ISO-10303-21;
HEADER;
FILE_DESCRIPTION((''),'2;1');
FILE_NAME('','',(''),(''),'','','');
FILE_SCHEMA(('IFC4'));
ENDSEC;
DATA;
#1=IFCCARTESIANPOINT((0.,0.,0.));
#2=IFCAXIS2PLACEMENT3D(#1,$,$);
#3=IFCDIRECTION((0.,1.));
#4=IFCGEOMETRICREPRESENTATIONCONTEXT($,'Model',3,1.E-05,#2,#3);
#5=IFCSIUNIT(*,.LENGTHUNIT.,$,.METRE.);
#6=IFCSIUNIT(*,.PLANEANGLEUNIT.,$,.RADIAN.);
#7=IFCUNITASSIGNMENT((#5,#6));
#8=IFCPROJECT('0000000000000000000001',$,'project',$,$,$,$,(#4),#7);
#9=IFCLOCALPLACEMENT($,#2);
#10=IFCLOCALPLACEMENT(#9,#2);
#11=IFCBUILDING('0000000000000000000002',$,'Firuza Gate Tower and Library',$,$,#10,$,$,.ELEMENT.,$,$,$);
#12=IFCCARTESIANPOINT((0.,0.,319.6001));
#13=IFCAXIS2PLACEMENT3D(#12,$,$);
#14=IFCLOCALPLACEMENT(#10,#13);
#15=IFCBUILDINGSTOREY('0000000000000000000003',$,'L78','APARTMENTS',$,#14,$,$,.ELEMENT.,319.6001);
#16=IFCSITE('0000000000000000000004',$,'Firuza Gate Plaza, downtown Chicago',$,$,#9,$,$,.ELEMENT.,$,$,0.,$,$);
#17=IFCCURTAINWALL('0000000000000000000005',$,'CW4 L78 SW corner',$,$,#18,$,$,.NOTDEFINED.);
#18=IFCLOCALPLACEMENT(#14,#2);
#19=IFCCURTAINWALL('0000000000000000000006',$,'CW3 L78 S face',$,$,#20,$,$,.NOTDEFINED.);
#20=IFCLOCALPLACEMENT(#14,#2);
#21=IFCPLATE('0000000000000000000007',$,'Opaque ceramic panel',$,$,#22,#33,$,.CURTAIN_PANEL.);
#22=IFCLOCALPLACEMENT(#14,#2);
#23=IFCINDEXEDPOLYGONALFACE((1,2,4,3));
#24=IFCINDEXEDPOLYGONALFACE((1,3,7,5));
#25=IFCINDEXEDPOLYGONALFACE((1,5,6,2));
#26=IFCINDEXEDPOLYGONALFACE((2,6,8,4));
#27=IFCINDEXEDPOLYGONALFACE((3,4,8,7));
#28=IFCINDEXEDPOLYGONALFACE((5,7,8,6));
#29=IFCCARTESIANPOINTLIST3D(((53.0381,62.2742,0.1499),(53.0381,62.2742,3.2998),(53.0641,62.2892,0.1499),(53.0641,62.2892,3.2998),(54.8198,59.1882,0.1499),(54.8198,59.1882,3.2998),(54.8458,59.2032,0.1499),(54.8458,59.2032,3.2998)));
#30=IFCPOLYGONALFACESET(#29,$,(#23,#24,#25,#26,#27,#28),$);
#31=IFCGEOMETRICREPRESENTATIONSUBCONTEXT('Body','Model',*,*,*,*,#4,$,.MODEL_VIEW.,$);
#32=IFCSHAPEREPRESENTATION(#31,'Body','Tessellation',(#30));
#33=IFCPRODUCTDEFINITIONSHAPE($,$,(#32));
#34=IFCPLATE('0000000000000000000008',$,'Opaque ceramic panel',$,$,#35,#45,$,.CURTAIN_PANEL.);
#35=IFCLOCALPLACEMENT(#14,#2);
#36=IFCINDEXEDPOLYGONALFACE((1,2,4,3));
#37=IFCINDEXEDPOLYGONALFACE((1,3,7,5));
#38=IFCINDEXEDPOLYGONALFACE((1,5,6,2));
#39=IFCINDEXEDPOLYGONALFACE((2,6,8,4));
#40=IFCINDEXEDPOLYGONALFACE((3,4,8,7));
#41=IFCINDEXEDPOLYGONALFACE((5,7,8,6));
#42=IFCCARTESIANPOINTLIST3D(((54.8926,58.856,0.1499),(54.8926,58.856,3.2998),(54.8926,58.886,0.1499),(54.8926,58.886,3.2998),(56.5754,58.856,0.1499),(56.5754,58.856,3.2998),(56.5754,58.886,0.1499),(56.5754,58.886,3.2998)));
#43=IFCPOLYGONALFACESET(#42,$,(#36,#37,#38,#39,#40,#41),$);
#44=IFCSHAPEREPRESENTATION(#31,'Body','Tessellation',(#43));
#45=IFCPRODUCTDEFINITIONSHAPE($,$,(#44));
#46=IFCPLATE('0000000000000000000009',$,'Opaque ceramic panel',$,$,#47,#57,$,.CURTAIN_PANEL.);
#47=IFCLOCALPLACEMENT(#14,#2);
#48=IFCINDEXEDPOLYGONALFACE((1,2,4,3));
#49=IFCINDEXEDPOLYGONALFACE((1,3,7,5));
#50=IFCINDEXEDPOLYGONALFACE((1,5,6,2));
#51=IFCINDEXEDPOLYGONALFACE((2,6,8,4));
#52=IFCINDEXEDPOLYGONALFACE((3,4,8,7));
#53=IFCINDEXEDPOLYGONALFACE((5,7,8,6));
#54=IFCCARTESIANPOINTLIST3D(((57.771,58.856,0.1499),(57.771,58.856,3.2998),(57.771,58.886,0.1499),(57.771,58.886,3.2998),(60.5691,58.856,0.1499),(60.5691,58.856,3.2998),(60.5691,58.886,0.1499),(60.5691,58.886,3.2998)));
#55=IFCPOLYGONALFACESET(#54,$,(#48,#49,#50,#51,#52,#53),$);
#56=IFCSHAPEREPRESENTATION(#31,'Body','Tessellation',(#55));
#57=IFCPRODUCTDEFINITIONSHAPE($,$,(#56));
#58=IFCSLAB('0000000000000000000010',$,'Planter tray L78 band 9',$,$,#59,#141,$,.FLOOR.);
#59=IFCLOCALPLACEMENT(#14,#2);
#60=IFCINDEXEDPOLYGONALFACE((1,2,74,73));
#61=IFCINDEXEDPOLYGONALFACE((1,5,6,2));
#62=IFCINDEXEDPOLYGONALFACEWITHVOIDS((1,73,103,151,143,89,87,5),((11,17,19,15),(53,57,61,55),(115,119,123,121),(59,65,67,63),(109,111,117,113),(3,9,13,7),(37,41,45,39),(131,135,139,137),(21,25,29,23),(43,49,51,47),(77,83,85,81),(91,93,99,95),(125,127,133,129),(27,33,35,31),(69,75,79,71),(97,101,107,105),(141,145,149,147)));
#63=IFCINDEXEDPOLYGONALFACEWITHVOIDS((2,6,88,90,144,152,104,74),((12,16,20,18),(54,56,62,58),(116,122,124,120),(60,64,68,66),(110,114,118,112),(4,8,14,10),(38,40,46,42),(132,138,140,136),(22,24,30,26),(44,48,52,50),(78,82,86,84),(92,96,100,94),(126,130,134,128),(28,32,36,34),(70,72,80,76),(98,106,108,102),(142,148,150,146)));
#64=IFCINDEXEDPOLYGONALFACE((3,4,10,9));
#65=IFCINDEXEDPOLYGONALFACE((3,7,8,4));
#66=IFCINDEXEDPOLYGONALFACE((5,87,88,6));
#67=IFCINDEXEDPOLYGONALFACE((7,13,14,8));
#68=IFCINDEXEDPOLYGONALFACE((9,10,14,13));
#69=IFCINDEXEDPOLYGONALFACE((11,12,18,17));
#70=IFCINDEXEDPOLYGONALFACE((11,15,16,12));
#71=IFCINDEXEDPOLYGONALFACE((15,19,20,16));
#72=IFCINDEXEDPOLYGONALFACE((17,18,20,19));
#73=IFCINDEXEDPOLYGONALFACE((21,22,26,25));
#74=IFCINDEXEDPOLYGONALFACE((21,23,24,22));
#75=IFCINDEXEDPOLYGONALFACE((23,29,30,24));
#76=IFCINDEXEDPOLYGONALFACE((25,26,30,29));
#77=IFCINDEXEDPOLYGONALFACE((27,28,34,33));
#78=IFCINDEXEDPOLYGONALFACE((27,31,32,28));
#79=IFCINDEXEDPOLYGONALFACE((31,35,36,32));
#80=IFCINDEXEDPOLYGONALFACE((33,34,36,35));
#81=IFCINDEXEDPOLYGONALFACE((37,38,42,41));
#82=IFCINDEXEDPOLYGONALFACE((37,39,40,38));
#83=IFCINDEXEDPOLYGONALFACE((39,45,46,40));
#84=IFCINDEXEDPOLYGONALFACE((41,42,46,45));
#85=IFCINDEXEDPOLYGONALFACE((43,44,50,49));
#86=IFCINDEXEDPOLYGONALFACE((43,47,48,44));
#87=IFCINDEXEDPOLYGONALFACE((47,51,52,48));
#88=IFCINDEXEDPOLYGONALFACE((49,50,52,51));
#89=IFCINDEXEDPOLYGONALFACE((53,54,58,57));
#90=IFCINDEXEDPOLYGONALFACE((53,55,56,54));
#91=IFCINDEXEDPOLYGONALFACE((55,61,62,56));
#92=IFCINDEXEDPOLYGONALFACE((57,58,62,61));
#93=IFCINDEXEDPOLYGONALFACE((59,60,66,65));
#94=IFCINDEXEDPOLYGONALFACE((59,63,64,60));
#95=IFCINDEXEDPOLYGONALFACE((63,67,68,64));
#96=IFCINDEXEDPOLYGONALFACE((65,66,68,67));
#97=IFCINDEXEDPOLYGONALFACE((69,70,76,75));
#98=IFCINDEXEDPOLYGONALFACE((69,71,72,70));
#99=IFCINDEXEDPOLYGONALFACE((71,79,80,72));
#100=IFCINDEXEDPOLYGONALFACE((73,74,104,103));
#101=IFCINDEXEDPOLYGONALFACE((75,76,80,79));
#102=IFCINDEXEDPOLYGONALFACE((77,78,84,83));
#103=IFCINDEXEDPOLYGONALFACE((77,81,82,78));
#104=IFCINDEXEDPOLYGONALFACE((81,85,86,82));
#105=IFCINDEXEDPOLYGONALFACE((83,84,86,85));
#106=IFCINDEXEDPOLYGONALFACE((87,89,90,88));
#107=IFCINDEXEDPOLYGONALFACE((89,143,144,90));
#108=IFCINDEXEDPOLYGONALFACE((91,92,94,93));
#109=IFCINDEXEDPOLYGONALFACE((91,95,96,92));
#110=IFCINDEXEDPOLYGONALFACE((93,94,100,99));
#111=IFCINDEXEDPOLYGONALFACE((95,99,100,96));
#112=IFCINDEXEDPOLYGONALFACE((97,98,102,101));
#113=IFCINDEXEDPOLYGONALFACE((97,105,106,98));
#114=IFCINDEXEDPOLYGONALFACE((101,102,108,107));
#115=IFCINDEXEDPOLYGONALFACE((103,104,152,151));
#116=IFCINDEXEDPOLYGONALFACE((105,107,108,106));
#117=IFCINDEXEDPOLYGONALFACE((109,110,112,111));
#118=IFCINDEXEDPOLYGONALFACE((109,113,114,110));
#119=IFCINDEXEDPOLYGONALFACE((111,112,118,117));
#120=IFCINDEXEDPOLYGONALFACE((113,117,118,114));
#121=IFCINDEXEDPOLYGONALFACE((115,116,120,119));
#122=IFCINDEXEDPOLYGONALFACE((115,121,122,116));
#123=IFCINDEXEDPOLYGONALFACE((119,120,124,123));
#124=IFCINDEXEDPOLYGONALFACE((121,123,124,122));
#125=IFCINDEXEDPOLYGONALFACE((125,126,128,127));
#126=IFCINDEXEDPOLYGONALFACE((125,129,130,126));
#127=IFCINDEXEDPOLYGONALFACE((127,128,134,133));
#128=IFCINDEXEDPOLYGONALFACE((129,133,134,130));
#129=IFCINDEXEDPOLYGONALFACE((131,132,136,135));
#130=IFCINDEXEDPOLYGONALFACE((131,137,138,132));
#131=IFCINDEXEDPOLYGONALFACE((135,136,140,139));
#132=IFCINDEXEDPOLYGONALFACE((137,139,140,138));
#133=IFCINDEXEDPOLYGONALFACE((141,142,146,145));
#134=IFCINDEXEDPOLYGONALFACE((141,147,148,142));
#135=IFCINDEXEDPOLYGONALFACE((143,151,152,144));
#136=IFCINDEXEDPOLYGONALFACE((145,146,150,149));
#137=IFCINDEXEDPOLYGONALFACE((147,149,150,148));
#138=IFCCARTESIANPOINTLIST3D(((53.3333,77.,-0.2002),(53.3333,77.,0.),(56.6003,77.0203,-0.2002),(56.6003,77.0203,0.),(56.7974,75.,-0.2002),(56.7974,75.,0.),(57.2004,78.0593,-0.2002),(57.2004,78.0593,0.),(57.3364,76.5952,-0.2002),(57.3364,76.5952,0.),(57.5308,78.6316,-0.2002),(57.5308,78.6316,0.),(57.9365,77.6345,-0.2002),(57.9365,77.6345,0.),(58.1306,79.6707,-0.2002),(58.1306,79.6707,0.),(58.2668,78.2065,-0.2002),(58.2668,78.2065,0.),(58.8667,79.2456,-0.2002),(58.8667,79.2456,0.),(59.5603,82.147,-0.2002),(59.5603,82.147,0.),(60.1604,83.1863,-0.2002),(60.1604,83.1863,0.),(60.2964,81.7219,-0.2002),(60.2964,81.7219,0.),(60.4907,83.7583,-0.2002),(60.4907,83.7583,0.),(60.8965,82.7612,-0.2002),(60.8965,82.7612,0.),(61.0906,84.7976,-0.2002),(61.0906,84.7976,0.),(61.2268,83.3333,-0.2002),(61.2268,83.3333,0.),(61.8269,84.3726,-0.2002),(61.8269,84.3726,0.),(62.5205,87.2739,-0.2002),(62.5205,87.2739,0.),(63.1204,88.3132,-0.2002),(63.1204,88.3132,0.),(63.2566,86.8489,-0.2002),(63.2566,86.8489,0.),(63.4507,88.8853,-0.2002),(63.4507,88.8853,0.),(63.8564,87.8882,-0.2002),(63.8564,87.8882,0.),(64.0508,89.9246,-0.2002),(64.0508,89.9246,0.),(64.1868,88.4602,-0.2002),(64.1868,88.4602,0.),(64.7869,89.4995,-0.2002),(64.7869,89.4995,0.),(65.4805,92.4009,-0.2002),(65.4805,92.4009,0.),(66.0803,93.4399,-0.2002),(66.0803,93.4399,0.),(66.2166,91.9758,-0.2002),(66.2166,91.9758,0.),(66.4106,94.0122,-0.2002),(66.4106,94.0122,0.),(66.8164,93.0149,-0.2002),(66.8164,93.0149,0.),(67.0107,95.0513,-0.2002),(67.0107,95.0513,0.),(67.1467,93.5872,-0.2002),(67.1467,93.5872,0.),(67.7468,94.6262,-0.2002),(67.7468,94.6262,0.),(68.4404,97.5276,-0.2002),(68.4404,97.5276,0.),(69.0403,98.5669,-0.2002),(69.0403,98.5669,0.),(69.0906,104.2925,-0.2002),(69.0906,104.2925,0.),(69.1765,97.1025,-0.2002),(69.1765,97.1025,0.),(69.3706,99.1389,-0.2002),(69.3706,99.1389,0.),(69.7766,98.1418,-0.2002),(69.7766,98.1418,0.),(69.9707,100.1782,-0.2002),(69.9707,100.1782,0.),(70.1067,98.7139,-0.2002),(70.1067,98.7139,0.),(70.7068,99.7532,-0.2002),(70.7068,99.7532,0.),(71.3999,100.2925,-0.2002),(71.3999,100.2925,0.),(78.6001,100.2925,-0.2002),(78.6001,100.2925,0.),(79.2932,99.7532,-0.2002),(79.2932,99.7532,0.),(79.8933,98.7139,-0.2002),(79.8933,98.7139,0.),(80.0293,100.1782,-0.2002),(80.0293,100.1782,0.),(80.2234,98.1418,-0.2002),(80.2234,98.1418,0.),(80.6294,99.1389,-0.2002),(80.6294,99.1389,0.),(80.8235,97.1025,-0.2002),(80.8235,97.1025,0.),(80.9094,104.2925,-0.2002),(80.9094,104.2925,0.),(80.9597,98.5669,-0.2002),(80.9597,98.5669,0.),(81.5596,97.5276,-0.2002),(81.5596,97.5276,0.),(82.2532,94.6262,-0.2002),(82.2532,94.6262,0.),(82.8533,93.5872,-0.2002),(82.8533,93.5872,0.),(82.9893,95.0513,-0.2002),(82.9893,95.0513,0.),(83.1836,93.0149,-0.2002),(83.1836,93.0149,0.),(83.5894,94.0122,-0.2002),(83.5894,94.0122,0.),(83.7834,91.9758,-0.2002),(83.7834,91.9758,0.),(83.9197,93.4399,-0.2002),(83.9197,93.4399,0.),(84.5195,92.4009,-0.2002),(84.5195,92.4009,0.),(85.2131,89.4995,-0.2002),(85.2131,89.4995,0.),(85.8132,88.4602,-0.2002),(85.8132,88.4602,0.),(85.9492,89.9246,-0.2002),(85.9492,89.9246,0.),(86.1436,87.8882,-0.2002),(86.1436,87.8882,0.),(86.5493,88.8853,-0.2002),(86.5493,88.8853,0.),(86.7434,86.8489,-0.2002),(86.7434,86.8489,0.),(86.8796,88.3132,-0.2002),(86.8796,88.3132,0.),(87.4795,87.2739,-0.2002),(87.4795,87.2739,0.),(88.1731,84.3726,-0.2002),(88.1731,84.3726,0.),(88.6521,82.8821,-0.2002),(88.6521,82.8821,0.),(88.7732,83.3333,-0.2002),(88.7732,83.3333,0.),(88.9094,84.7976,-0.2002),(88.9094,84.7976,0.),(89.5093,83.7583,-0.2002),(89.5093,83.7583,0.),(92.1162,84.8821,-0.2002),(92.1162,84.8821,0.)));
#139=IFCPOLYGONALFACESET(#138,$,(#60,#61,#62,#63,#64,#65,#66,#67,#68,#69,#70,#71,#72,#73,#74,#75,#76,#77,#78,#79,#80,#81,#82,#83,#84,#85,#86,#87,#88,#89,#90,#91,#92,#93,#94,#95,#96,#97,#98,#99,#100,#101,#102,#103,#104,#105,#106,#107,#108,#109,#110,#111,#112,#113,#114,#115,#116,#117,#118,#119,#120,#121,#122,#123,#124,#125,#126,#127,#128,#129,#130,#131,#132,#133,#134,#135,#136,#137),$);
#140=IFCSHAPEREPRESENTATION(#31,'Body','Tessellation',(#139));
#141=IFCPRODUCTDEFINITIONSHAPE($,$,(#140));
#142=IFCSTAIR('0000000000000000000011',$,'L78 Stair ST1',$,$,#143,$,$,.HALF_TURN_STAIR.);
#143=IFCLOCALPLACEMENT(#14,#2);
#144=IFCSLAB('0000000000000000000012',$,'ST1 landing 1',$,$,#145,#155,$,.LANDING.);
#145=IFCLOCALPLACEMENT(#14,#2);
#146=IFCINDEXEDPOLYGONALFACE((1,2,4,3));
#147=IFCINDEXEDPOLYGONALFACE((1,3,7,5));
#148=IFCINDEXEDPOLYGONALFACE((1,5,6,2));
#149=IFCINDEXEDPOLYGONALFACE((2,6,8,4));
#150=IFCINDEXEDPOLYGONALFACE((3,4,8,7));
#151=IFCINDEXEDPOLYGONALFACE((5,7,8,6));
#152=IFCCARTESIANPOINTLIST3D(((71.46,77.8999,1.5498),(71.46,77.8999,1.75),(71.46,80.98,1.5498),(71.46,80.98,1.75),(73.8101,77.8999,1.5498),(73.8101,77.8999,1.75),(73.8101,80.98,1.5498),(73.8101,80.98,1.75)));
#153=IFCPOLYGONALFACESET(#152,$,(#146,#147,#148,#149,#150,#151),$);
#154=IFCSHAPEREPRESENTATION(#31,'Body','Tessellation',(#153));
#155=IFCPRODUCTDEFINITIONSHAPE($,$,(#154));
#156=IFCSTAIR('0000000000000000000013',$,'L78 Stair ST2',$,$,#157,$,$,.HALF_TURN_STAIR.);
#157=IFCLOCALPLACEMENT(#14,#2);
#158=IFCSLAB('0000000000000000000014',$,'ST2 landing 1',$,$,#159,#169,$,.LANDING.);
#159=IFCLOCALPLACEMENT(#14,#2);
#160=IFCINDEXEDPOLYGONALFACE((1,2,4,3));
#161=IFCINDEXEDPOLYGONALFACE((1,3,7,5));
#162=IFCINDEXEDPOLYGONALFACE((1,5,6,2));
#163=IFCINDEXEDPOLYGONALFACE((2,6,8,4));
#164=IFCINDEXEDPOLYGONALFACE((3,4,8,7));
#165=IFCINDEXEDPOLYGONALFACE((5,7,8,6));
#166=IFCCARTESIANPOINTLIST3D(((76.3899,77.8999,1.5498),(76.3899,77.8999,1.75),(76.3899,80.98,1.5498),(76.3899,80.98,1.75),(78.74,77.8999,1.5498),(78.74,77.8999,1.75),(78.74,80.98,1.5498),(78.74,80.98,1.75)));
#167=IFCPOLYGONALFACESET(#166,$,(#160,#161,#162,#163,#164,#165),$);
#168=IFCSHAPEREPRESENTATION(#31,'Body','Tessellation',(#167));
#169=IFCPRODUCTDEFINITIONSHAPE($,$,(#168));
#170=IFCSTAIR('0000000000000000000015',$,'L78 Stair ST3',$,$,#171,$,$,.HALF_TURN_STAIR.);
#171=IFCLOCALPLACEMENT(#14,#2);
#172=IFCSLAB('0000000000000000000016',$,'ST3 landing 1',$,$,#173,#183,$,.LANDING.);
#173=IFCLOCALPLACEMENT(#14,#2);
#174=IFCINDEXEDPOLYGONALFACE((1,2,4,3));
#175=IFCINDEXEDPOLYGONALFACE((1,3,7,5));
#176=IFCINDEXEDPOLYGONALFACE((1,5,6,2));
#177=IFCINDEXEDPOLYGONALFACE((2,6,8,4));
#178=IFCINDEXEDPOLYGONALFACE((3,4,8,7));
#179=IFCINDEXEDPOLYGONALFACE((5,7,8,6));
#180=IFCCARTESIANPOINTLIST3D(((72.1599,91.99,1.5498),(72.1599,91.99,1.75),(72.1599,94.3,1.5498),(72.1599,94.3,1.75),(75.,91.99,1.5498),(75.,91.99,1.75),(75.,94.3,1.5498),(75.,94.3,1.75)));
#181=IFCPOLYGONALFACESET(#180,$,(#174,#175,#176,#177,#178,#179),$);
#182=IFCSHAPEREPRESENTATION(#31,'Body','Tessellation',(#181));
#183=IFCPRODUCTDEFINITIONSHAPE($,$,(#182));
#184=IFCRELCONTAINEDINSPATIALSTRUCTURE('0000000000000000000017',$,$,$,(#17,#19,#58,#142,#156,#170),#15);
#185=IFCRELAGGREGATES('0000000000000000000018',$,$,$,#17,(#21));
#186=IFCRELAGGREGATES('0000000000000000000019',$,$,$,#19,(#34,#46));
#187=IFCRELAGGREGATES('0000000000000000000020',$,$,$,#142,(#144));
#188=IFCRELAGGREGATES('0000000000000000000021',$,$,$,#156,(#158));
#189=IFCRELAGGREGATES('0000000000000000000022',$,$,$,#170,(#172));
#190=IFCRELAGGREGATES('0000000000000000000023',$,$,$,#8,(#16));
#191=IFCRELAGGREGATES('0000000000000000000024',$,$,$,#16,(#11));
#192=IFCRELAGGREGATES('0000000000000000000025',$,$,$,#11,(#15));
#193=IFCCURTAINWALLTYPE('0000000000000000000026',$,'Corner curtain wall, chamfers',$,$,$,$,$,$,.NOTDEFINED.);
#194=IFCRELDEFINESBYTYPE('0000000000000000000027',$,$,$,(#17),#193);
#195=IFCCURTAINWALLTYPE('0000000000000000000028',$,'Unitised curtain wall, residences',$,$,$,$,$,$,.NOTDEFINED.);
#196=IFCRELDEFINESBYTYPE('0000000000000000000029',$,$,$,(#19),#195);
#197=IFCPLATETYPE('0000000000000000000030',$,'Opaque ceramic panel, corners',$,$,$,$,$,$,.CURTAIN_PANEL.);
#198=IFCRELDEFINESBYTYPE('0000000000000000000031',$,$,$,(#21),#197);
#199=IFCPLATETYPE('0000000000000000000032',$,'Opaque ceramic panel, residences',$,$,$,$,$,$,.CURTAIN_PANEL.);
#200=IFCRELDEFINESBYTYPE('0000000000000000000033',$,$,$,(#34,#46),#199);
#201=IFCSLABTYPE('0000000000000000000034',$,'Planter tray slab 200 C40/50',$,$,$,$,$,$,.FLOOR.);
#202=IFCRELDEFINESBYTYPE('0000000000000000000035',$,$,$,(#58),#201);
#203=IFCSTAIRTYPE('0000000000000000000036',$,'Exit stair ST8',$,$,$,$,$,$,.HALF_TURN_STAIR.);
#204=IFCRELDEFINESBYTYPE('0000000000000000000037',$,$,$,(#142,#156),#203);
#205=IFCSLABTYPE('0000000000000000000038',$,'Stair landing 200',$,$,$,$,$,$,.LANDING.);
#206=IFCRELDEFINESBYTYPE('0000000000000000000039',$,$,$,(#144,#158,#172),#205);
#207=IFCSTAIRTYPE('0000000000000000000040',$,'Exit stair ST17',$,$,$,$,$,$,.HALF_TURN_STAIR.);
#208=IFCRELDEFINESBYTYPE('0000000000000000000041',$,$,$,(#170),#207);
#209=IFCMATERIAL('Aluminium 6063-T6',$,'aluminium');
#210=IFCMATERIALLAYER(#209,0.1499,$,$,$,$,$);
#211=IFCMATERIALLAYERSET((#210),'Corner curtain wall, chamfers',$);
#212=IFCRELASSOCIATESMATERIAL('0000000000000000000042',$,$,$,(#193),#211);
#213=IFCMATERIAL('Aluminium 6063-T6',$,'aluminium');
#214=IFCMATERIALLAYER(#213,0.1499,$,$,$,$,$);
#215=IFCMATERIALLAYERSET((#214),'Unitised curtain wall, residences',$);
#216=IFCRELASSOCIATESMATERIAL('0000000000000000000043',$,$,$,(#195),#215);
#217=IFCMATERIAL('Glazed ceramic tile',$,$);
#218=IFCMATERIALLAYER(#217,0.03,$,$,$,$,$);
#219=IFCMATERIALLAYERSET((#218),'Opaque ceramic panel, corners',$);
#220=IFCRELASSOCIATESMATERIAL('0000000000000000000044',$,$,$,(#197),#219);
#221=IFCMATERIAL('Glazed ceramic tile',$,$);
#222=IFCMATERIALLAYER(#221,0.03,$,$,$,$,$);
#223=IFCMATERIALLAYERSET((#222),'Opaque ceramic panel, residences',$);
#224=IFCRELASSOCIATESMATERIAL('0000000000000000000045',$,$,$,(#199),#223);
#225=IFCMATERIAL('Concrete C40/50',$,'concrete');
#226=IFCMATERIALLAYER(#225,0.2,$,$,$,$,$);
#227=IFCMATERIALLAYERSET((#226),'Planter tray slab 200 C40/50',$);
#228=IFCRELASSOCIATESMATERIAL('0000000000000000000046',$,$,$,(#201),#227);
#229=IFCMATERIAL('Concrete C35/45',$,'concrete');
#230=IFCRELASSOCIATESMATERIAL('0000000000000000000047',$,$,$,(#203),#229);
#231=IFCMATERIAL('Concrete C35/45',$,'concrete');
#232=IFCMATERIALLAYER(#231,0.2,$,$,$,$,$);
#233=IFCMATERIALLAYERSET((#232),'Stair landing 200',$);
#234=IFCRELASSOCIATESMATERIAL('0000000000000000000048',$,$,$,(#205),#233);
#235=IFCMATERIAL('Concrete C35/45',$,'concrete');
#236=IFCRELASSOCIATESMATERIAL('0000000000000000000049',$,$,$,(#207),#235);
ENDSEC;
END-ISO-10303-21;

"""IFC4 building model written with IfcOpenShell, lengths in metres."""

from ifc_helpers import new_model, si_unit, direction, frame, origin, place, context, subcontext, project, spatial, polyline, outline, extrude, material, layer, layer_set, type_object, element, aggregate, save


model = new_model("IFC4")

# Units and contexts
model_context = context("Model", 3, precision=1e-05, world=origin(), true_north=direction((0.0, 1.0)))
body_context = subcontext(model_context, "Body", "Model", "MODEL_VIEW")
ifc_project = project(units=[si_unit("LENGTHUNIT", "METRE"), si_unit("PLANEANGLEUNIT", "RADIAN")], contexts=[model_context])

# Site, building, storey
site_placement = place(None, origin())
site = spatial("IfcSite", under=ifc_project, at=site_placement, Name="Firuza Gate Plaza, downtown Chicago", CompositionType="ELEMENT", RefElevation=0.0)
building_placement = place(site_placement, origin())
building = spatial("IfcBuilding", under=site, at=building_placement, Name="Firuza Gate Tower and Library", CompositionType="ELEMENT")
storey_placement = place(building_placement, frame((0.0, 0.0, 319.6001)))
storey = spatial("IfcBuildingStorey", under=building, at=storey_placement, Name="L78", Description="APARTMENTS", CompositionType="ELEMENT", Elevation=319.6001)

# Curtain walls
ifc_material_1 = material(Name="Aluminium 6063-T6", Category="aluminium")
ifc_layer_1 = layer(ifc_material_1, 0.1499)
ifc_layer_set_1 = layer_set([ifc_layer_1], Name="Corner curtain wall, chamfers")
curtain_wall_type_1 = type_object("IfcCurtainWallType", Name="Corner curtain wall, chamfers", PredefinedType="NOTDEFINED", material=ifc_layer_set_1)
placement_1 = place(storey_placement, origin())
curtain_wall_1 = element("IfcCurtainWall", 1, at=placement_1, inside=storey, type_object=curtain_wall_type_1, Name="CW4 L78 SW corner", PredefinedType="NOTDEFINED")
ifc_material_2 = material(Name="Aluminium 6063-T6", Category="aluminium")
ifc_layer_2 = layer(ifc_material_2, 0.1499)
ifc_layer_set_2 = layer_set([ifc_layer_2], Name="Unitised curtain wall, residences")
curtain_wall_type_2 = type_object("IfcCurtainWallType", Name="Unitised curtain wall, residences", PredefinedType="NOTDEFINED", material=ifc_layer_set_2)
curtain_wall_2 = element("IfcCurtainWall", 2, at=placement_1, inside=storey, type_object=curtain_wall_type_2, Name="CW3 L78 S face", PredefinedType="NOTDEFINED")

# Shared definitions
placement_2 = place(storey_placement, frame((0.0, 0.0, -0.2002)))

# Plates
ifc_material_3 = material(Name="Glazed ceramic tile")
ifc_layer_3 = layer(ifc_material_3, 0.03)
ifc_layer_set_3 = layer_set([ifc_layer_3], Name="Opaque ceramic panel, corners")
plate_type_1 = type_object("IfcPlateType", Name="Opaque ceramic panel, corners", PredefinedType="CURTAIN_PANEL", material=ifc_layer_set_3)
plate_1_placement = place(storey_placement, frame((53.0381, 62.2742, 0.1499), z_axis=(-0.866017, -0.500015, 0.0), x_axis=(0.500015, -0.866017, 0.0)))
plate_1 = element("IfcPlate", 3, at=plate_1_placement, type_object=plate_type_1, Name="Opaque ceramic panel", PredefinedType="CURTAIN_PANEL", context=body_context, shape_type="SweptSolid", body=[
    extrude(outline(polyline([(0.0, 0.0), (3.5634, 0.0), (3.5634, 3.1499), (0.0, 3.1499), (0.0, 0.0)])), origin(), (0.0, 0.0, -1.0), 0.03),
])
aggregate(curtain_wall_1, [plate_1])
ifc_material_4 = material(Name="Glazed ceramic tile")
ifc_layer_4 = layer(ifc_material_4, 0.03)
ifc_layer_set_4 = layer_set([ifc_layer_4], Name="Opaque ceramic panel, residences")
plate_type_2 = type_object("IfcPlateType", Name="Opaque ceramic panel, residences", PredefinedType="CURTAIN_PANEL", material=ifc_layer_set_4)
plate_2_placement = place(storey_placement, frame((54.8926, 58.856, 0.1499), z_axis=(0.0, -1.0, 0.0), x_axis=(1.0, 0.0, 0.0)))
plate_2 = element("IfcPlate", 4, at=plate_2_placement, type_object=plate_type_2, Name="Opaque ceramic panel", PredefinedType="CURTAIN_PANEL", context=body_context, shape_type="SweptSolid", body=[
    extrude(outline(polyline([(0.0, 0.0), (1.6829, 0.0), (1.6829, 3.1499), (0.0, 3.1499), (0.0, 0.0)])), origin(), (0.0, 0.0, -1.0), 0.03),
])
plate_3_placement = place(storey_placement, frame((57.771, 58.856, 0.1499), z_axis=(0.0, -1.0, 0.0), x_axis=(1.0, 0.0, 0.0)))
plate_3 = element("IfcPlate", 5, at=plate_3_placement, type_object=plate_type_2, Name="Opaque ceramic panel", PredefinedType="CURTAIN_PANEL", context=body_context, shape_type="SweptSolid", body=[
    extrude(outline(polyline([(0.0, 0.0), (2.7981, 0.0), (2.7981, 3.1499), (0.0, 3.1499), (0.0, 0.0)])), origin(), (0.0, 0.0, -1.0), 0.03),
])
aggregate(curtain_wall_2, [plate_2, plate_3])

# Slab
ifc_material_5 = material(Name="Concrete C40/50", Category="concrete")
ifc_layer_5 = layer(ifc_material_5, 0.2)
ifc_layer_set_5 = layer_set([ifc_layer_5], Name="Planter tray slab 200 C40/50")
slab_type_1 = type_object("IfcSlabType", Name="Planter tray slab 200 C40/50", PredefinedType="FLOOR", material=ifc_layer_set_5)
element("IfcSlab", 6, at=placement_2, inside=storey, type_object=slab_type_1, Name="Planter tray L78 band 9", PredefinedType="FLOOR", context=body_context, shape_type="SweptSolid", body=[
    extrude(outline(polyline([(88.6521, 82.8821), (92.1162, 84.8821), (80.9094, 104.2925), (69.0906, 104.2925), (53.3333, 77.0), (56.7974, 75.0), (71.3999, 100.2925), (78.6001, 100.2925), (88.6521, 82.8821)]), holes=[polyline([(57.9365, 77.6345), (57.3364, 76.5952), (56.6003, 77.0203), (57.2004, 78.0593), (57.9365, 77.6345)]), polyline([(58.8667, 79.2456), (58.2668, 78.2065), (57.5308, 78.6316), (58.1306, 79.6707), (58.8667, 79.2456)]), polyline([(60.1604, 83.1863), (60.8965, 82.7612), (60.2964, 81.7219), (59.5603, 82.147), (60.1604, 83.1863)]), polyline([(61.0906, 84.7976), (61.8269, 84.3726), (61.2268, 83.3333), (60.4907, 83.7583), (61.0906, 84.7976)]), polyline([(63.1204, 88.3132), (63.8564, 87.8882), (63.2566, 86.8489), (62.5205, 87.2739), (63.1204, 88.3132)]), polyline([(64.7869, 89.4995), (64.1868, 88.4602), (63.4507, 88.8853), (64.0508, 89.9246), (64.7869, 89.4995)]), polyline([(66.8164, 93.0149), (66.2166, 91.9758), (65.4805, 92.4009), (66.0803, 93.4399), (66.8164, 93.0149)]), polyline([(84.5195, 92.4009), (83.7834, 91.9758), (83.1836, 93.0149), (83.9197, 93.4399), (84.5195, 92.4009)]), polyline([(67.0107, 95.0513), (67.7468, 94.6262), (67.1467, 93.5872), (66.4106, 94.0122), (67.0107, 95.0513)]), polyline([(83.5894, 94.0122), (82.8533, 93.5872), (82.2532, 94.6262), (82.9893, 95.0513), (83.5894, 94.0122)]), polyline([(69.7766, 98.1418), (69.1765, 97.1025), (68.4404, 97.5276), (69.0403, 98.5669), (69.7766, 98.1418)]), polyline([(80.8235, 97.1025), (80.2234, 98.1418), (80.9597, 98.5669), (81.5596, 97.5276), (80.8235, 97.1025)]), polyline([(69.9707, 100.1782), (70.7068, 99.7532), (70.1067, 98.7139), (69.3706, 99.1389), (69.9707, 100.1782)]), polyline([(80.6294, 99.1389), (79.8933, 98.7139), (79.2932, 99.7532), (80.0293, 100.1782), (80.6294, 99.1389)]), polyline([(89.5093, 83.7583), (88.7732, 83.3333), (88.1731, 84.3726), (88.9094, 84.7976), (89.5093, 83.7583)]), polyline([(86.7434, 86.8489), (86.1436, 87.8882), (86.8796, 88.3132), (87.4795, 87.2739), (86.7434, 86.8489)]), polyline([(85.8132, 88.4602), (85.2131, 89.4995), (85.9492, 89.9246), (86.5493, 88.8853), (85.8132, 88.4602)])]), origin(), (0.0, 0.0, 1.0), 0.2002),
])

# Stairs, slabs
ifc_material_6 = material(Name="Concrete C35/45", Category="concrete")
stair_type_1 = type_object("IfcStairType", Name="Exit stair ST8", PredefinedType="HALF_TURN_STAIR", material=ifc_material_6)
stair_1 = element("IfcStair", 7, at=placement_1, inside=storey, type_object=stair_type_1, Name="L78 Stair ST1", PredefinedType="HALF_TURN_STAIR")
ifc_material_7 = material(Name="Concrete C35/45", Category="concrete")
ifc_layer_6 = layer(ifc_material_7, 0.2)
ifc_layer_set_6 = layer_set([ifc_layer_6], Name="Stair landing 200")
slab_type_2 = type_object("IfcSlabType", Name="Stair landing 200", PredefinedType="LANDING", material=ifc_layer_set_6)
placement_3 = place(storey_placement, frame((0.0, 0.0, 1.5498)))
slab_1 = element("IfcSlab", 8, at=placement_3, type_object=slab_type_2, Name="ST1 landing 1", PredefinedType="LANDING", context=body_context, shape_type="SweptSolid", body=[
    extrude(outline(polyline([(71.46, 77.8999), (73.8101, 77.8999), (73.8101, 80.98), (71.46, 80.98), (71.46, 77.8999)])), origin(), (0.0, 0.0, 1.0), 0.2002),
])
aggregate(stair_1, [slab_1])
stair_2 = element("IfcStair", 9, at=placement_1, inside=storey, type_object=stair_type_1, Name="L78 Stair ST2", PredefinedType="HALF_TURN_STAIR")
slab_2 = element("IfcSlab", 10, at=placement_3, type_object=slab_type_2, Name="ST2 landing 1", PredefinedType="LANDING", context=body_context, shape_type="SweptSolid", body=[
    extrude(outline(polyline([(78.74, 80.98), (76.3899, 80.98), (76.3899, 77.8999), (78.74, 77.8999), (78.74, 80.98)])), origin(), (0.0, 0.0, 1.0), 0.2002),
])
aggregate(stair_2, [slab_2])
ifc_material_8 = material(Name="Concrete C35/45", Category="concrete")
stair_type_2 = type_object("IfcStairType", Name="Exit stair ST17", PredefinedType="HALF_TURN_STAIR", material=ifc_material_8)
stair_3 = element("IfcStair", 11, at=placement_1, inside=storey, type_object=stair_type_2, Name="L78 Stair ST3", PredefinedType="HALF_TURN_STAIR")
slab_3 = element("IfcSlab", 12, at=placement_3, type_object=slab_type_2, Name="ST3 landing 1", PredefinedType="LANDING", context=body_context, shape_type="SweptSolid", body=[
    extrude(outline(polyline([(75.0, 91.99), (75.0, 94.3), (72.1599, 94.3), (72.1599, 91.99), (75.0, 91.99)])), origin(), (0.0, 0.0, 1.0), 0.2002),
])
aggregate(stair_3, [slab_3])

save(model, "model.ifc")
